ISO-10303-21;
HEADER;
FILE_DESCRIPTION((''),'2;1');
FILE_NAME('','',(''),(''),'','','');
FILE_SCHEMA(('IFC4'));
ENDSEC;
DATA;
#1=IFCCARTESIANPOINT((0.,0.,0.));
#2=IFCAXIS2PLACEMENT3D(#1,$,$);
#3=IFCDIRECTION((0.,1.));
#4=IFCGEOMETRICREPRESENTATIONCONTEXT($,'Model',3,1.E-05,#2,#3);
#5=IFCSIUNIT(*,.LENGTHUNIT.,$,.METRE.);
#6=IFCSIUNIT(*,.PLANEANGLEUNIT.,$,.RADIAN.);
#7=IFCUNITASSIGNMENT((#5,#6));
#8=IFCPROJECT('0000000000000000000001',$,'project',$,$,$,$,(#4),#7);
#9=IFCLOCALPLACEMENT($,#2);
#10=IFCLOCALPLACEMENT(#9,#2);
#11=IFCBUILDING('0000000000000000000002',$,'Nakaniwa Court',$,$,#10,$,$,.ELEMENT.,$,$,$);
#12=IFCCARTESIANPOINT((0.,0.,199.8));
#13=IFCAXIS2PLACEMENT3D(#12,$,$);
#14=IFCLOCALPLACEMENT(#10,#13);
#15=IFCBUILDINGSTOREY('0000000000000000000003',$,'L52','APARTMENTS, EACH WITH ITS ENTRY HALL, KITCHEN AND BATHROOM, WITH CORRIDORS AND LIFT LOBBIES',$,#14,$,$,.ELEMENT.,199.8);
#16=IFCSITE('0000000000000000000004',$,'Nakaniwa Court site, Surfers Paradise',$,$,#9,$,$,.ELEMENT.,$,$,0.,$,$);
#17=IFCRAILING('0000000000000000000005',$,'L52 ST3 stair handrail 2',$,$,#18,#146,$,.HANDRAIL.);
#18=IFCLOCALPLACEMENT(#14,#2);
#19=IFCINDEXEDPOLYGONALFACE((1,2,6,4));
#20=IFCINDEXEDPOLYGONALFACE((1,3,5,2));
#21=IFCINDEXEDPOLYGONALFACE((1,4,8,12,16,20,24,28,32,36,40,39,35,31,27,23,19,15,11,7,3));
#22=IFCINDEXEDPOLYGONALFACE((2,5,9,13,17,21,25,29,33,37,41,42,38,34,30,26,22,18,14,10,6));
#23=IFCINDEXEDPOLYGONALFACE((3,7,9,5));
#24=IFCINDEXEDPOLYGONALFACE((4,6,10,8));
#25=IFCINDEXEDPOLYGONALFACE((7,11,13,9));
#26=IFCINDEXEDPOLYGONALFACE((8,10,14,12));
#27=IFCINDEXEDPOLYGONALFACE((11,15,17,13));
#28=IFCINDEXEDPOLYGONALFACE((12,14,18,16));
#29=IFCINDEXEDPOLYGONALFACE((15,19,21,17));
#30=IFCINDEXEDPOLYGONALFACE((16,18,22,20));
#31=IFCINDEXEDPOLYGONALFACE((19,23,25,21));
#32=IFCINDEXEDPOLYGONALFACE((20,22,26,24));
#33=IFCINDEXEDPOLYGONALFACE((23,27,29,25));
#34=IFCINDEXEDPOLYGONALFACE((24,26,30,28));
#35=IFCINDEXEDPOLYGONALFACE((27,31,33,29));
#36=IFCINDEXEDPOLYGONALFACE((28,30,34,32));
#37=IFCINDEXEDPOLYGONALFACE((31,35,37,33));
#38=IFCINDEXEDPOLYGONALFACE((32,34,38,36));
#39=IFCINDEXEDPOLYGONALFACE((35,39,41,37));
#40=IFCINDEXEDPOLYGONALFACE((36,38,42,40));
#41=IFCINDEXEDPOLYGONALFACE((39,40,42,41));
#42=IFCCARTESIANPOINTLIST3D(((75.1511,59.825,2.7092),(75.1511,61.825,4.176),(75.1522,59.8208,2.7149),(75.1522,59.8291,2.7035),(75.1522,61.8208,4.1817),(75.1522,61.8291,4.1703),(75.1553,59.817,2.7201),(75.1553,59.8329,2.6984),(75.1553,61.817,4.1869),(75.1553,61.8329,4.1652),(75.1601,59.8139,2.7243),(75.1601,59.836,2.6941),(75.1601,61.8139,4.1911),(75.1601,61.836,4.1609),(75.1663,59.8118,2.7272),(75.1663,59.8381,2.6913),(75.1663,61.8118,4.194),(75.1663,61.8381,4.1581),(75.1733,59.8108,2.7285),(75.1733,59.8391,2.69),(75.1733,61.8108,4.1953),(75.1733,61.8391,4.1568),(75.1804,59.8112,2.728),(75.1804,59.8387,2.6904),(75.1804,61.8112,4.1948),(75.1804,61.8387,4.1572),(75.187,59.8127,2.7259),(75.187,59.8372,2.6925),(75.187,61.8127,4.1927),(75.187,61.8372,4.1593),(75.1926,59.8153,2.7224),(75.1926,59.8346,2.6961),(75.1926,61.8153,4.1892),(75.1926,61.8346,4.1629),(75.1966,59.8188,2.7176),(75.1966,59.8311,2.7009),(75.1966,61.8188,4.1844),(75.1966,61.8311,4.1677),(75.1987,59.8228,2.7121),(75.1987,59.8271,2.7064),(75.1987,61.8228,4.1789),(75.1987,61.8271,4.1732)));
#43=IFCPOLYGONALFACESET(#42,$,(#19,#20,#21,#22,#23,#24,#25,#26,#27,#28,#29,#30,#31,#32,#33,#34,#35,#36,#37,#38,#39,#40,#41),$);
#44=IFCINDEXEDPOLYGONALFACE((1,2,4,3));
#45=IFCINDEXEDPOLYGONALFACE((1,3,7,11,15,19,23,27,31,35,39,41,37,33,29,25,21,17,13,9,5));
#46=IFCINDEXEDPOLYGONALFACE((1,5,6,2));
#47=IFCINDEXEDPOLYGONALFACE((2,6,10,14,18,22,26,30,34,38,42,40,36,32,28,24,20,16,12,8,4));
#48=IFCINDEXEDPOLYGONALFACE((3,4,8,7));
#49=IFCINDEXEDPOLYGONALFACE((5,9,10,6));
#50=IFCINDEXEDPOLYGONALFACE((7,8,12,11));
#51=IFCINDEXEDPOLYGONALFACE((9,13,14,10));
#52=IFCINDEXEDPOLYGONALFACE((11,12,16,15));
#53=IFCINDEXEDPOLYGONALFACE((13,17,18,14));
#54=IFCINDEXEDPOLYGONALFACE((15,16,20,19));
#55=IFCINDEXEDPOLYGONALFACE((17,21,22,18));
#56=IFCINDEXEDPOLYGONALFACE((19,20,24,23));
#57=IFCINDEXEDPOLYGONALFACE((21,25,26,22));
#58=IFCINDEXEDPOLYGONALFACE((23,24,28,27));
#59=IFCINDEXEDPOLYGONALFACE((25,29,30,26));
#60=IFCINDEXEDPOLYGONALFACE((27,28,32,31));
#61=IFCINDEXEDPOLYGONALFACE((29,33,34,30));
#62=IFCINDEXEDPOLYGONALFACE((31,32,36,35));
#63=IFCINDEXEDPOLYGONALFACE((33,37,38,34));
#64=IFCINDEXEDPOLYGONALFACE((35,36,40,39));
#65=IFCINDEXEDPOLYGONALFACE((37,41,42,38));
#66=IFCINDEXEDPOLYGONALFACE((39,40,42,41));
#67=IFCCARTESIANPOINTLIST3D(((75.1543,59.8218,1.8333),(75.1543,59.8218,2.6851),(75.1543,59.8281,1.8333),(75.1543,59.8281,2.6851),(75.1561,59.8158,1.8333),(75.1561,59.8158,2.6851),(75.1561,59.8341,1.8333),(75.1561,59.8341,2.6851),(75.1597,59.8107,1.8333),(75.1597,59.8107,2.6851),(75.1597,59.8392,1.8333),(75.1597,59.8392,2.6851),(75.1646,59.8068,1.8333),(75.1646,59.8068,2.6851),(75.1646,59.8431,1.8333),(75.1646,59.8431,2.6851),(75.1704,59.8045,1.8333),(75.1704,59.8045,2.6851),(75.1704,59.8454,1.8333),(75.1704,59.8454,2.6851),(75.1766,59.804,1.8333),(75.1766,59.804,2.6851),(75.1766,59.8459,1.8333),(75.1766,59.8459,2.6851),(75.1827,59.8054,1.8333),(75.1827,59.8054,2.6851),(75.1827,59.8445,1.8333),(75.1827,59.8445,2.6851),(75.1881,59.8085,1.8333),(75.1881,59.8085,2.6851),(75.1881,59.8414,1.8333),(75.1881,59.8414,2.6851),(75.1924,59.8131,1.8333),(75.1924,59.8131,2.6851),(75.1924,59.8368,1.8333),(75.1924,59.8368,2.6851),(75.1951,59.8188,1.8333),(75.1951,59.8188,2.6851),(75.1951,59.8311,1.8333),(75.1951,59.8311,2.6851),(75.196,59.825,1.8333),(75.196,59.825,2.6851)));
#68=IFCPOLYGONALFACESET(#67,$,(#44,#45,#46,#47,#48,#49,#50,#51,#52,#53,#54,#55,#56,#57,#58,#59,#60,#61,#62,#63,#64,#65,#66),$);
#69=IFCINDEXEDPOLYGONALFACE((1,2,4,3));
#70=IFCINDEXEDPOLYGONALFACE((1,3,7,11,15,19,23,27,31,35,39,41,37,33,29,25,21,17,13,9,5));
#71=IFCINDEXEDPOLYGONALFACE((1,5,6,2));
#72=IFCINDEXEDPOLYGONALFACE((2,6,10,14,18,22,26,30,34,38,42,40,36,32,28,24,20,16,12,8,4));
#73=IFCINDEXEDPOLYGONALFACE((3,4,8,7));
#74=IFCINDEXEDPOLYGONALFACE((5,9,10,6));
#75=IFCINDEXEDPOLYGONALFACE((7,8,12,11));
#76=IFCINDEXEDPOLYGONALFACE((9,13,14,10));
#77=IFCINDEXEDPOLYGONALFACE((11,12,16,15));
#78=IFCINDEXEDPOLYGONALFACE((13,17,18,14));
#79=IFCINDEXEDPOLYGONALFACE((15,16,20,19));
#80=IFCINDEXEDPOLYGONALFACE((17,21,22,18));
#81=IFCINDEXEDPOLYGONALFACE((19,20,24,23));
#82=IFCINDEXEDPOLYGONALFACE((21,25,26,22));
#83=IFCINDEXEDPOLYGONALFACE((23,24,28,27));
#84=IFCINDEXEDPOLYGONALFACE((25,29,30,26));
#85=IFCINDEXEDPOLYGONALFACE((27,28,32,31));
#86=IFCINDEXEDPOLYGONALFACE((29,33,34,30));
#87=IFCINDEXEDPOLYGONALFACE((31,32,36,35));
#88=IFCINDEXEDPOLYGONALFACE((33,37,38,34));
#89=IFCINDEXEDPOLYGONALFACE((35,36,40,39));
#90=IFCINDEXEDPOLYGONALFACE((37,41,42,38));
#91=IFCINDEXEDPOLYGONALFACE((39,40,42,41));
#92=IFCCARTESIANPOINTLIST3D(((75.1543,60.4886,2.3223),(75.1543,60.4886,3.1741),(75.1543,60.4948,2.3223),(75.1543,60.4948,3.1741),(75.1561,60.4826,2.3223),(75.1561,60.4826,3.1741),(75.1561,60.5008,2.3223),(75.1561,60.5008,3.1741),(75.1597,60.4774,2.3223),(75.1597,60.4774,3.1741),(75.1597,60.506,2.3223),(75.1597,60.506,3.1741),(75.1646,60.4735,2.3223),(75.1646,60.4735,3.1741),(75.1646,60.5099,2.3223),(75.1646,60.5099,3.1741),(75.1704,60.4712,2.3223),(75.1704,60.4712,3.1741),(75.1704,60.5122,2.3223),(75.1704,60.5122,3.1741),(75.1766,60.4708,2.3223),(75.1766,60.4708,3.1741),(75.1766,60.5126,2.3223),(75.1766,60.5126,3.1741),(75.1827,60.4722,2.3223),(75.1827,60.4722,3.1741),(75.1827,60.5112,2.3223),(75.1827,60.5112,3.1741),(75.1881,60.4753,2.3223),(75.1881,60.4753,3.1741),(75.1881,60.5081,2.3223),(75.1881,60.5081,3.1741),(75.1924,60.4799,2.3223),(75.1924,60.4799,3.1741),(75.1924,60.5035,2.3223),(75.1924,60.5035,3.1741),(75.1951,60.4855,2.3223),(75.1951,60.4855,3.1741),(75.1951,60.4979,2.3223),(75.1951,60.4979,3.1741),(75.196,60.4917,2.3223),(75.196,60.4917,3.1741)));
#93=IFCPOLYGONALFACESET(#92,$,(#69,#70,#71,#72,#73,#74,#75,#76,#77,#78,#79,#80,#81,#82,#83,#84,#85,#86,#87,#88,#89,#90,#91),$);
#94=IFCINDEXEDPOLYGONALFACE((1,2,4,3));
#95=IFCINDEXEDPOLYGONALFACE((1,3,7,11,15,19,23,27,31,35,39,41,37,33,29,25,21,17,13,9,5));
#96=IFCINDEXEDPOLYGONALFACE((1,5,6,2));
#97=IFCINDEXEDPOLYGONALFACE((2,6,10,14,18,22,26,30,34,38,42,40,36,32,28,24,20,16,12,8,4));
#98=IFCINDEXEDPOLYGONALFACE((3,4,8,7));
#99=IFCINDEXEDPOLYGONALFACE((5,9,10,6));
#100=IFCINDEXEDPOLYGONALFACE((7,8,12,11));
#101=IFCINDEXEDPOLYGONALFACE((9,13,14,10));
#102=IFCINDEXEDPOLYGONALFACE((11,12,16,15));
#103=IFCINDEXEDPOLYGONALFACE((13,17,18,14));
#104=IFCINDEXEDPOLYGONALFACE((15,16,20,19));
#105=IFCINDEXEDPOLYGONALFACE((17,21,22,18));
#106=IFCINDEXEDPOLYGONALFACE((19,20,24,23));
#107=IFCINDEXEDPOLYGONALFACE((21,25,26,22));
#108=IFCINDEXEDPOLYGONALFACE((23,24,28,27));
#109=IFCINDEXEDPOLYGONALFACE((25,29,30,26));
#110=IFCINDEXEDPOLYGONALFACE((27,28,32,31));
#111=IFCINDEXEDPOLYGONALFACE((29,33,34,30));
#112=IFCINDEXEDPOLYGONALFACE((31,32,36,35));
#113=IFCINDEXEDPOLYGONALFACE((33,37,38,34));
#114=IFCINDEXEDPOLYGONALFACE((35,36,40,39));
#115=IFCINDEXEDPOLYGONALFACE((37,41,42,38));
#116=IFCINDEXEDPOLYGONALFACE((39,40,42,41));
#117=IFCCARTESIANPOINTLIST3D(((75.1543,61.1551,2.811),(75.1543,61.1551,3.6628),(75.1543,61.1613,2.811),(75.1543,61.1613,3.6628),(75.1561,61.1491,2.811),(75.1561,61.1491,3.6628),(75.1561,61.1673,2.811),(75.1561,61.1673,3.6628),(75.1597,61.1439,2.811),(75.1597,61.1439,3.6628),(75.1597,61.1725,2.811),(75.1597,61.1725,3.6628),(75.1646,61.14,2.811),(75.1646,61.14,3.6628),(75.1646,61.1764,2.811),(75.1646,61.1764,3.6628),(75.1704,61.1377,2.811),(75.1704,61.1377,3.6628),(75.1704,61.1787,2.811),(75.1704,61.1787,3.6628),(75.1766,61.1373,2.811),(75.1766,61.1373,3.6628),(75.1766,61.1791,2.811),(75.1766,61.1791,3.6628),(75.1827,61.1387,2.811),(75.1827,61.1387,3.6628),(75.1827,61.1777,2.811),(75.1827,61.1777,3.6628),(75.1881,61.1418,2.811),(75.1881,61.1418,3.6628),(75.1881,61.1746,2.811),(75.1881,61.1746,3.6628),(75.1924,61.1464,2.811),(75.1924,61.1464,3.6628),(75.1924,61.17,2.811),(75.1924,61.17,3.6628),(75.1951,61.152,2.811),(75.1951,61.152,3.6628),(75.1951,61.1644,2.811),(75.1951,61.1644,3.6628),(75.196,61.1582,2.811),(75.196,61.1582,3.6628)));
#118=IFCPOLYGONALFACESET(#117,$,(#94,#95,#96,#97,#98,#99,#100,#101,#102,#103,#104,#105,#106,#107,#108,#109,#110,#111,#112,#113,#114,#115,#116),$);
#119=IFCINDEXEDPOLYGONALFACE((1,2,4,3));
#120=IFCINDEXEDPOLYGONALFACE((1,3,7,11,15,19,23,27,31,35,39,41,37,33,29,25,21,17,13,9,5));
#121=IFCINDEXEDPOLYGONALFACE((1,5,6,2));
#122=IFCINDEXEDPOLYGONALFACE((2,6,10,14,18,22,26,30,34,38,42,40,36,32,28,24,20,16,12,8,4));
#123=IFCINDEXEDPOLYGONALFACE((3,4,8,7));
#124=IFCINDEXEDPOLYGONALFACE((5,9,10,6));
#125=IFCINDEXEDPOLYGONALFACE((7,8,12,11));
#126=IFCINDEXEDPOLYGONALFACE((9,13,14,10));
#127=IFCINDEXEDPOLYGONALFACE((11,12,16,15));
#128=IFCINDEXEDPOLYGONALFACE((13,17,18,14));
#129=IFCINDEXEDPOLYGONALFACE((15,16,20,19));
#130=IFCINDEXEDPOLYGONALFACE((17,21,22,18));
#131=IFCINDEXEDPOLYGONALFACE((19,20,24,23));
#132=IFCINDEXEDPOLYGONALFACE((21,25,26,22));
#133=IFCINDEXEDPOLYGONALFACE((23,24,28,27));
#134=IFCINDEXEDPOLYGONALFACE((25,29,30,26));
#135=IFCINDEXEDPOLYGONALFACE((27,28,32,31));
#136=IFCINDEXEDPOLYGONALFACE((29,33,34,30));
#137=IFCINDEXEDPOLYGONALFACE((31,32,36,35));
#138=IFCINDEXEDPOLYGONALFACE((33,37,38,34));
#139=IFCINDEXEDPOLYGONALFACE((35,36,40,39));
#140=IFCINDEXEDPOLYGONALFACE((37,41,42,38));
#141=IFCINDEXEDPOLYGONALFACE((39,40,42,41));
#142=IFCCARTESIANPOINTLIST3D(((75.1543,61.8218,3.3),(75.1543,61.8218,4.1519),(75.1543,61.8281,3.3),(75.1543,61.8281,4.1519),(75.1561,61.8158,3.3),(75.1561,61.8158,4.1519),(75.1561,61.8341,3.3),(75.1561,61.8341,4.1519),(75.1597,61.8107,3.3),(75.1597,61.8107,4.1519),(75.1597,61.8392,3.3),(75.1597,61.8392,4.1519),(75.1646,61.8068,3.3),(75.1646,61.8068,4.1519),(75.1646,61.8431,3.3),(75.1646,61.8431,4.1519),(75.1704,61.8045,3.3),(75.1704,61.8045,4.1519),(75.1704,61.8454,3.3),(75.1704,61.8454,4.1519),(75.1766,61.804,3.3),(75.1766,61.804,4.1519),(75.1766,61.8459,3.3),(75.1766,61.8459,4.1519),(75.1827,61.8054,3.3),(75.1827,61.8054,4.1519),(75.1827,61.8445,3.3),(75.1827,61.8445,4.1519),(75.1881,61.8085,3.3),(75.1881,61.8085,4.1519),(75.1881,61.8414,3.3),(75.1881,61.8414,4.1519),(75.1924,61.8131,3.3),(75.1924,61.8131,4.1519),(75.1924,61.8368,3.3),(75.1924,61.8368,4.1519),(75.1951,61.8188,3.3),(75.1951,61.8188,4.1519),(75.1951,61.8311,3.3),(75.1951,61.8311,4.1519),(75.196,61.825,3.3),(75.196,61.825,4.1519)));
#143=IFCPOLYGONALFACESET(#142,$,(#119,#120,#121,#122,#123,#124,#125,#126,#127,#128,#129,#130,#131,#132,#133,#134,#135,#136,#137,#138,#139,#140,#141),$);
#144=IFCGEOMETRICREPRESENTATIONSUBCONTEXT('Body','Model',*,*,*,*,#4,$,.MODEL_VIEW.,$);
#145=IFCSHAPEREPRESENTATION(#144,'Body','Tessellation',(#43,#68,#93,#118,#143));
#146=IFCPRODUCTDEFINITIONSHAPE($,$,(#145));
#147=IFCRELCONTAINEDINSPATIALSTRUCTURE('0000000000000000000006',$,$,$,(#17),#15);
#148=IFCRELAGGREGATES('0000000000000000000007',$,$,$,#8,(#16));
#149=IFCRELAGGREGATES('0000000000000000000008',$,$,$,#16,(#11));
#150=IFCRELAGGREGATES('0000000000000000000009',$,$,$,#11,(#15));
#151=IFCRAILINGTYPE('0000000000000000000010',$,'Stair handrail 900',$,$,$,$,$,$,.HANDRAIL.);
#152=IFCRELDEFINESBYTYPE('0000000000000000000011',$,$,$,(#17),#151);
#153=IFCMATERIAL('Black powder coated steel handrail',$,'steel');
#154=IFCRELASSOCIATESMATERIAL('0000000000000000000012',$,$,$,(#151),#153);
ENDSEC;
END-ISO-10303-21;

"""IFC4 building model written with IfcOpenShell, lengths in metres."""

from ifc_helpers import new_model, si_unit, direction, frame, origin, origin_2d, place, context, subcontext, project, spatial, circle, extrude, material, type_object, element, save


model = new_model("IFC4")

# Units and contexts
model_context = context("Model", 3, precision=1e-05, world=origin(), true_north=direction((0.0, 1.0)))
body_context = subcontext(model_context, "Body", "Model", "MODEL_VIEW")
ifc_project = project(units=[si_unit("LENGTHUNIT", "METRE"), si_unit("PLANEANGLEUNIT", "RADIAN")], contexts=[model_context])

# Site, building, storey
site_placement = place(None, origin())
site = spatial("IfcSite", under=ifc_project, at=site_placement, Name="Nakaniwa Court site, Surfers Paradise", CompositionType="ELEMENT", RefElevation=0.0)
building_placement = place(site_placement, origin())
building = spatial("IfcBuilding", under=site, at=building_placement, Name="Nakaniwa Court", CompositionType="ELEMENT")
storey_placement = place(building_placement, frame((0.0, 0.0, 199.8)))
storey = spatial("IfcBuildingStorey", under=building, at=storey_placement, Name="L52", Description="APARTMENTS, EACH WITH ITS ENTRY HALL, KITCHEN AND BATHROOM, WITH CORRIDORS AND LIFT LOBBIES", CompositionType="ELEMENT", Elevation=199.8)

# Railing
ifc_material_1 = material(Name="Black powder coated steel handrail", Category="steel")
railing_type_1 = type_object("IfcRailingType", Name="Stair handrail 900", PredefinedType="HANDRAIL", material=ifc_material_1)
railing_1_placement = place(storey_placement, frame((75.175, 59.825, 1.8333)))
element("IfcRailing", 1, at=railing_1_placement, inside=storey, type_object=railing_type_1, Name="L52 ST3 stair handrail 2", PredefinedType="HANDRAIL", context=body_context, shape_type="SweptSolid", body=[
    extrude(circle(Radius=0.0239, at=origin_2d()), frame((0.0, 0.0, 0.876), z_axis=(0.0, 0.80638, 0.591398), x_axis=(-1.0, 0.0, 0.0)), (0.0, 0.0, 1.0), 2.4802),
    extrude(circle(Radius=0.021, at=origin_2d()), origin(), (0.0, 0.0, 1.0), 0.8518),
    extrude(circle(Radius=0.021, at=origin_2d()), frame((0.0, 0.6667, 0.489)), (0.0, 0.0, 1.0), 0.8518),
    extrude(circle(Radius=0.021, at=origin_2d()), frame((0.0, 1.3333, 0.9778)), (0.0, 0.0, 1.0), 0.8518),
    extrude(circle(Radius=0.021, at=origin_2d()), frame((0.0, 2.0, 1.4668)), (0.0, 0.0, 1.0), 0.8518),
])

save(model, "model.ifc")
